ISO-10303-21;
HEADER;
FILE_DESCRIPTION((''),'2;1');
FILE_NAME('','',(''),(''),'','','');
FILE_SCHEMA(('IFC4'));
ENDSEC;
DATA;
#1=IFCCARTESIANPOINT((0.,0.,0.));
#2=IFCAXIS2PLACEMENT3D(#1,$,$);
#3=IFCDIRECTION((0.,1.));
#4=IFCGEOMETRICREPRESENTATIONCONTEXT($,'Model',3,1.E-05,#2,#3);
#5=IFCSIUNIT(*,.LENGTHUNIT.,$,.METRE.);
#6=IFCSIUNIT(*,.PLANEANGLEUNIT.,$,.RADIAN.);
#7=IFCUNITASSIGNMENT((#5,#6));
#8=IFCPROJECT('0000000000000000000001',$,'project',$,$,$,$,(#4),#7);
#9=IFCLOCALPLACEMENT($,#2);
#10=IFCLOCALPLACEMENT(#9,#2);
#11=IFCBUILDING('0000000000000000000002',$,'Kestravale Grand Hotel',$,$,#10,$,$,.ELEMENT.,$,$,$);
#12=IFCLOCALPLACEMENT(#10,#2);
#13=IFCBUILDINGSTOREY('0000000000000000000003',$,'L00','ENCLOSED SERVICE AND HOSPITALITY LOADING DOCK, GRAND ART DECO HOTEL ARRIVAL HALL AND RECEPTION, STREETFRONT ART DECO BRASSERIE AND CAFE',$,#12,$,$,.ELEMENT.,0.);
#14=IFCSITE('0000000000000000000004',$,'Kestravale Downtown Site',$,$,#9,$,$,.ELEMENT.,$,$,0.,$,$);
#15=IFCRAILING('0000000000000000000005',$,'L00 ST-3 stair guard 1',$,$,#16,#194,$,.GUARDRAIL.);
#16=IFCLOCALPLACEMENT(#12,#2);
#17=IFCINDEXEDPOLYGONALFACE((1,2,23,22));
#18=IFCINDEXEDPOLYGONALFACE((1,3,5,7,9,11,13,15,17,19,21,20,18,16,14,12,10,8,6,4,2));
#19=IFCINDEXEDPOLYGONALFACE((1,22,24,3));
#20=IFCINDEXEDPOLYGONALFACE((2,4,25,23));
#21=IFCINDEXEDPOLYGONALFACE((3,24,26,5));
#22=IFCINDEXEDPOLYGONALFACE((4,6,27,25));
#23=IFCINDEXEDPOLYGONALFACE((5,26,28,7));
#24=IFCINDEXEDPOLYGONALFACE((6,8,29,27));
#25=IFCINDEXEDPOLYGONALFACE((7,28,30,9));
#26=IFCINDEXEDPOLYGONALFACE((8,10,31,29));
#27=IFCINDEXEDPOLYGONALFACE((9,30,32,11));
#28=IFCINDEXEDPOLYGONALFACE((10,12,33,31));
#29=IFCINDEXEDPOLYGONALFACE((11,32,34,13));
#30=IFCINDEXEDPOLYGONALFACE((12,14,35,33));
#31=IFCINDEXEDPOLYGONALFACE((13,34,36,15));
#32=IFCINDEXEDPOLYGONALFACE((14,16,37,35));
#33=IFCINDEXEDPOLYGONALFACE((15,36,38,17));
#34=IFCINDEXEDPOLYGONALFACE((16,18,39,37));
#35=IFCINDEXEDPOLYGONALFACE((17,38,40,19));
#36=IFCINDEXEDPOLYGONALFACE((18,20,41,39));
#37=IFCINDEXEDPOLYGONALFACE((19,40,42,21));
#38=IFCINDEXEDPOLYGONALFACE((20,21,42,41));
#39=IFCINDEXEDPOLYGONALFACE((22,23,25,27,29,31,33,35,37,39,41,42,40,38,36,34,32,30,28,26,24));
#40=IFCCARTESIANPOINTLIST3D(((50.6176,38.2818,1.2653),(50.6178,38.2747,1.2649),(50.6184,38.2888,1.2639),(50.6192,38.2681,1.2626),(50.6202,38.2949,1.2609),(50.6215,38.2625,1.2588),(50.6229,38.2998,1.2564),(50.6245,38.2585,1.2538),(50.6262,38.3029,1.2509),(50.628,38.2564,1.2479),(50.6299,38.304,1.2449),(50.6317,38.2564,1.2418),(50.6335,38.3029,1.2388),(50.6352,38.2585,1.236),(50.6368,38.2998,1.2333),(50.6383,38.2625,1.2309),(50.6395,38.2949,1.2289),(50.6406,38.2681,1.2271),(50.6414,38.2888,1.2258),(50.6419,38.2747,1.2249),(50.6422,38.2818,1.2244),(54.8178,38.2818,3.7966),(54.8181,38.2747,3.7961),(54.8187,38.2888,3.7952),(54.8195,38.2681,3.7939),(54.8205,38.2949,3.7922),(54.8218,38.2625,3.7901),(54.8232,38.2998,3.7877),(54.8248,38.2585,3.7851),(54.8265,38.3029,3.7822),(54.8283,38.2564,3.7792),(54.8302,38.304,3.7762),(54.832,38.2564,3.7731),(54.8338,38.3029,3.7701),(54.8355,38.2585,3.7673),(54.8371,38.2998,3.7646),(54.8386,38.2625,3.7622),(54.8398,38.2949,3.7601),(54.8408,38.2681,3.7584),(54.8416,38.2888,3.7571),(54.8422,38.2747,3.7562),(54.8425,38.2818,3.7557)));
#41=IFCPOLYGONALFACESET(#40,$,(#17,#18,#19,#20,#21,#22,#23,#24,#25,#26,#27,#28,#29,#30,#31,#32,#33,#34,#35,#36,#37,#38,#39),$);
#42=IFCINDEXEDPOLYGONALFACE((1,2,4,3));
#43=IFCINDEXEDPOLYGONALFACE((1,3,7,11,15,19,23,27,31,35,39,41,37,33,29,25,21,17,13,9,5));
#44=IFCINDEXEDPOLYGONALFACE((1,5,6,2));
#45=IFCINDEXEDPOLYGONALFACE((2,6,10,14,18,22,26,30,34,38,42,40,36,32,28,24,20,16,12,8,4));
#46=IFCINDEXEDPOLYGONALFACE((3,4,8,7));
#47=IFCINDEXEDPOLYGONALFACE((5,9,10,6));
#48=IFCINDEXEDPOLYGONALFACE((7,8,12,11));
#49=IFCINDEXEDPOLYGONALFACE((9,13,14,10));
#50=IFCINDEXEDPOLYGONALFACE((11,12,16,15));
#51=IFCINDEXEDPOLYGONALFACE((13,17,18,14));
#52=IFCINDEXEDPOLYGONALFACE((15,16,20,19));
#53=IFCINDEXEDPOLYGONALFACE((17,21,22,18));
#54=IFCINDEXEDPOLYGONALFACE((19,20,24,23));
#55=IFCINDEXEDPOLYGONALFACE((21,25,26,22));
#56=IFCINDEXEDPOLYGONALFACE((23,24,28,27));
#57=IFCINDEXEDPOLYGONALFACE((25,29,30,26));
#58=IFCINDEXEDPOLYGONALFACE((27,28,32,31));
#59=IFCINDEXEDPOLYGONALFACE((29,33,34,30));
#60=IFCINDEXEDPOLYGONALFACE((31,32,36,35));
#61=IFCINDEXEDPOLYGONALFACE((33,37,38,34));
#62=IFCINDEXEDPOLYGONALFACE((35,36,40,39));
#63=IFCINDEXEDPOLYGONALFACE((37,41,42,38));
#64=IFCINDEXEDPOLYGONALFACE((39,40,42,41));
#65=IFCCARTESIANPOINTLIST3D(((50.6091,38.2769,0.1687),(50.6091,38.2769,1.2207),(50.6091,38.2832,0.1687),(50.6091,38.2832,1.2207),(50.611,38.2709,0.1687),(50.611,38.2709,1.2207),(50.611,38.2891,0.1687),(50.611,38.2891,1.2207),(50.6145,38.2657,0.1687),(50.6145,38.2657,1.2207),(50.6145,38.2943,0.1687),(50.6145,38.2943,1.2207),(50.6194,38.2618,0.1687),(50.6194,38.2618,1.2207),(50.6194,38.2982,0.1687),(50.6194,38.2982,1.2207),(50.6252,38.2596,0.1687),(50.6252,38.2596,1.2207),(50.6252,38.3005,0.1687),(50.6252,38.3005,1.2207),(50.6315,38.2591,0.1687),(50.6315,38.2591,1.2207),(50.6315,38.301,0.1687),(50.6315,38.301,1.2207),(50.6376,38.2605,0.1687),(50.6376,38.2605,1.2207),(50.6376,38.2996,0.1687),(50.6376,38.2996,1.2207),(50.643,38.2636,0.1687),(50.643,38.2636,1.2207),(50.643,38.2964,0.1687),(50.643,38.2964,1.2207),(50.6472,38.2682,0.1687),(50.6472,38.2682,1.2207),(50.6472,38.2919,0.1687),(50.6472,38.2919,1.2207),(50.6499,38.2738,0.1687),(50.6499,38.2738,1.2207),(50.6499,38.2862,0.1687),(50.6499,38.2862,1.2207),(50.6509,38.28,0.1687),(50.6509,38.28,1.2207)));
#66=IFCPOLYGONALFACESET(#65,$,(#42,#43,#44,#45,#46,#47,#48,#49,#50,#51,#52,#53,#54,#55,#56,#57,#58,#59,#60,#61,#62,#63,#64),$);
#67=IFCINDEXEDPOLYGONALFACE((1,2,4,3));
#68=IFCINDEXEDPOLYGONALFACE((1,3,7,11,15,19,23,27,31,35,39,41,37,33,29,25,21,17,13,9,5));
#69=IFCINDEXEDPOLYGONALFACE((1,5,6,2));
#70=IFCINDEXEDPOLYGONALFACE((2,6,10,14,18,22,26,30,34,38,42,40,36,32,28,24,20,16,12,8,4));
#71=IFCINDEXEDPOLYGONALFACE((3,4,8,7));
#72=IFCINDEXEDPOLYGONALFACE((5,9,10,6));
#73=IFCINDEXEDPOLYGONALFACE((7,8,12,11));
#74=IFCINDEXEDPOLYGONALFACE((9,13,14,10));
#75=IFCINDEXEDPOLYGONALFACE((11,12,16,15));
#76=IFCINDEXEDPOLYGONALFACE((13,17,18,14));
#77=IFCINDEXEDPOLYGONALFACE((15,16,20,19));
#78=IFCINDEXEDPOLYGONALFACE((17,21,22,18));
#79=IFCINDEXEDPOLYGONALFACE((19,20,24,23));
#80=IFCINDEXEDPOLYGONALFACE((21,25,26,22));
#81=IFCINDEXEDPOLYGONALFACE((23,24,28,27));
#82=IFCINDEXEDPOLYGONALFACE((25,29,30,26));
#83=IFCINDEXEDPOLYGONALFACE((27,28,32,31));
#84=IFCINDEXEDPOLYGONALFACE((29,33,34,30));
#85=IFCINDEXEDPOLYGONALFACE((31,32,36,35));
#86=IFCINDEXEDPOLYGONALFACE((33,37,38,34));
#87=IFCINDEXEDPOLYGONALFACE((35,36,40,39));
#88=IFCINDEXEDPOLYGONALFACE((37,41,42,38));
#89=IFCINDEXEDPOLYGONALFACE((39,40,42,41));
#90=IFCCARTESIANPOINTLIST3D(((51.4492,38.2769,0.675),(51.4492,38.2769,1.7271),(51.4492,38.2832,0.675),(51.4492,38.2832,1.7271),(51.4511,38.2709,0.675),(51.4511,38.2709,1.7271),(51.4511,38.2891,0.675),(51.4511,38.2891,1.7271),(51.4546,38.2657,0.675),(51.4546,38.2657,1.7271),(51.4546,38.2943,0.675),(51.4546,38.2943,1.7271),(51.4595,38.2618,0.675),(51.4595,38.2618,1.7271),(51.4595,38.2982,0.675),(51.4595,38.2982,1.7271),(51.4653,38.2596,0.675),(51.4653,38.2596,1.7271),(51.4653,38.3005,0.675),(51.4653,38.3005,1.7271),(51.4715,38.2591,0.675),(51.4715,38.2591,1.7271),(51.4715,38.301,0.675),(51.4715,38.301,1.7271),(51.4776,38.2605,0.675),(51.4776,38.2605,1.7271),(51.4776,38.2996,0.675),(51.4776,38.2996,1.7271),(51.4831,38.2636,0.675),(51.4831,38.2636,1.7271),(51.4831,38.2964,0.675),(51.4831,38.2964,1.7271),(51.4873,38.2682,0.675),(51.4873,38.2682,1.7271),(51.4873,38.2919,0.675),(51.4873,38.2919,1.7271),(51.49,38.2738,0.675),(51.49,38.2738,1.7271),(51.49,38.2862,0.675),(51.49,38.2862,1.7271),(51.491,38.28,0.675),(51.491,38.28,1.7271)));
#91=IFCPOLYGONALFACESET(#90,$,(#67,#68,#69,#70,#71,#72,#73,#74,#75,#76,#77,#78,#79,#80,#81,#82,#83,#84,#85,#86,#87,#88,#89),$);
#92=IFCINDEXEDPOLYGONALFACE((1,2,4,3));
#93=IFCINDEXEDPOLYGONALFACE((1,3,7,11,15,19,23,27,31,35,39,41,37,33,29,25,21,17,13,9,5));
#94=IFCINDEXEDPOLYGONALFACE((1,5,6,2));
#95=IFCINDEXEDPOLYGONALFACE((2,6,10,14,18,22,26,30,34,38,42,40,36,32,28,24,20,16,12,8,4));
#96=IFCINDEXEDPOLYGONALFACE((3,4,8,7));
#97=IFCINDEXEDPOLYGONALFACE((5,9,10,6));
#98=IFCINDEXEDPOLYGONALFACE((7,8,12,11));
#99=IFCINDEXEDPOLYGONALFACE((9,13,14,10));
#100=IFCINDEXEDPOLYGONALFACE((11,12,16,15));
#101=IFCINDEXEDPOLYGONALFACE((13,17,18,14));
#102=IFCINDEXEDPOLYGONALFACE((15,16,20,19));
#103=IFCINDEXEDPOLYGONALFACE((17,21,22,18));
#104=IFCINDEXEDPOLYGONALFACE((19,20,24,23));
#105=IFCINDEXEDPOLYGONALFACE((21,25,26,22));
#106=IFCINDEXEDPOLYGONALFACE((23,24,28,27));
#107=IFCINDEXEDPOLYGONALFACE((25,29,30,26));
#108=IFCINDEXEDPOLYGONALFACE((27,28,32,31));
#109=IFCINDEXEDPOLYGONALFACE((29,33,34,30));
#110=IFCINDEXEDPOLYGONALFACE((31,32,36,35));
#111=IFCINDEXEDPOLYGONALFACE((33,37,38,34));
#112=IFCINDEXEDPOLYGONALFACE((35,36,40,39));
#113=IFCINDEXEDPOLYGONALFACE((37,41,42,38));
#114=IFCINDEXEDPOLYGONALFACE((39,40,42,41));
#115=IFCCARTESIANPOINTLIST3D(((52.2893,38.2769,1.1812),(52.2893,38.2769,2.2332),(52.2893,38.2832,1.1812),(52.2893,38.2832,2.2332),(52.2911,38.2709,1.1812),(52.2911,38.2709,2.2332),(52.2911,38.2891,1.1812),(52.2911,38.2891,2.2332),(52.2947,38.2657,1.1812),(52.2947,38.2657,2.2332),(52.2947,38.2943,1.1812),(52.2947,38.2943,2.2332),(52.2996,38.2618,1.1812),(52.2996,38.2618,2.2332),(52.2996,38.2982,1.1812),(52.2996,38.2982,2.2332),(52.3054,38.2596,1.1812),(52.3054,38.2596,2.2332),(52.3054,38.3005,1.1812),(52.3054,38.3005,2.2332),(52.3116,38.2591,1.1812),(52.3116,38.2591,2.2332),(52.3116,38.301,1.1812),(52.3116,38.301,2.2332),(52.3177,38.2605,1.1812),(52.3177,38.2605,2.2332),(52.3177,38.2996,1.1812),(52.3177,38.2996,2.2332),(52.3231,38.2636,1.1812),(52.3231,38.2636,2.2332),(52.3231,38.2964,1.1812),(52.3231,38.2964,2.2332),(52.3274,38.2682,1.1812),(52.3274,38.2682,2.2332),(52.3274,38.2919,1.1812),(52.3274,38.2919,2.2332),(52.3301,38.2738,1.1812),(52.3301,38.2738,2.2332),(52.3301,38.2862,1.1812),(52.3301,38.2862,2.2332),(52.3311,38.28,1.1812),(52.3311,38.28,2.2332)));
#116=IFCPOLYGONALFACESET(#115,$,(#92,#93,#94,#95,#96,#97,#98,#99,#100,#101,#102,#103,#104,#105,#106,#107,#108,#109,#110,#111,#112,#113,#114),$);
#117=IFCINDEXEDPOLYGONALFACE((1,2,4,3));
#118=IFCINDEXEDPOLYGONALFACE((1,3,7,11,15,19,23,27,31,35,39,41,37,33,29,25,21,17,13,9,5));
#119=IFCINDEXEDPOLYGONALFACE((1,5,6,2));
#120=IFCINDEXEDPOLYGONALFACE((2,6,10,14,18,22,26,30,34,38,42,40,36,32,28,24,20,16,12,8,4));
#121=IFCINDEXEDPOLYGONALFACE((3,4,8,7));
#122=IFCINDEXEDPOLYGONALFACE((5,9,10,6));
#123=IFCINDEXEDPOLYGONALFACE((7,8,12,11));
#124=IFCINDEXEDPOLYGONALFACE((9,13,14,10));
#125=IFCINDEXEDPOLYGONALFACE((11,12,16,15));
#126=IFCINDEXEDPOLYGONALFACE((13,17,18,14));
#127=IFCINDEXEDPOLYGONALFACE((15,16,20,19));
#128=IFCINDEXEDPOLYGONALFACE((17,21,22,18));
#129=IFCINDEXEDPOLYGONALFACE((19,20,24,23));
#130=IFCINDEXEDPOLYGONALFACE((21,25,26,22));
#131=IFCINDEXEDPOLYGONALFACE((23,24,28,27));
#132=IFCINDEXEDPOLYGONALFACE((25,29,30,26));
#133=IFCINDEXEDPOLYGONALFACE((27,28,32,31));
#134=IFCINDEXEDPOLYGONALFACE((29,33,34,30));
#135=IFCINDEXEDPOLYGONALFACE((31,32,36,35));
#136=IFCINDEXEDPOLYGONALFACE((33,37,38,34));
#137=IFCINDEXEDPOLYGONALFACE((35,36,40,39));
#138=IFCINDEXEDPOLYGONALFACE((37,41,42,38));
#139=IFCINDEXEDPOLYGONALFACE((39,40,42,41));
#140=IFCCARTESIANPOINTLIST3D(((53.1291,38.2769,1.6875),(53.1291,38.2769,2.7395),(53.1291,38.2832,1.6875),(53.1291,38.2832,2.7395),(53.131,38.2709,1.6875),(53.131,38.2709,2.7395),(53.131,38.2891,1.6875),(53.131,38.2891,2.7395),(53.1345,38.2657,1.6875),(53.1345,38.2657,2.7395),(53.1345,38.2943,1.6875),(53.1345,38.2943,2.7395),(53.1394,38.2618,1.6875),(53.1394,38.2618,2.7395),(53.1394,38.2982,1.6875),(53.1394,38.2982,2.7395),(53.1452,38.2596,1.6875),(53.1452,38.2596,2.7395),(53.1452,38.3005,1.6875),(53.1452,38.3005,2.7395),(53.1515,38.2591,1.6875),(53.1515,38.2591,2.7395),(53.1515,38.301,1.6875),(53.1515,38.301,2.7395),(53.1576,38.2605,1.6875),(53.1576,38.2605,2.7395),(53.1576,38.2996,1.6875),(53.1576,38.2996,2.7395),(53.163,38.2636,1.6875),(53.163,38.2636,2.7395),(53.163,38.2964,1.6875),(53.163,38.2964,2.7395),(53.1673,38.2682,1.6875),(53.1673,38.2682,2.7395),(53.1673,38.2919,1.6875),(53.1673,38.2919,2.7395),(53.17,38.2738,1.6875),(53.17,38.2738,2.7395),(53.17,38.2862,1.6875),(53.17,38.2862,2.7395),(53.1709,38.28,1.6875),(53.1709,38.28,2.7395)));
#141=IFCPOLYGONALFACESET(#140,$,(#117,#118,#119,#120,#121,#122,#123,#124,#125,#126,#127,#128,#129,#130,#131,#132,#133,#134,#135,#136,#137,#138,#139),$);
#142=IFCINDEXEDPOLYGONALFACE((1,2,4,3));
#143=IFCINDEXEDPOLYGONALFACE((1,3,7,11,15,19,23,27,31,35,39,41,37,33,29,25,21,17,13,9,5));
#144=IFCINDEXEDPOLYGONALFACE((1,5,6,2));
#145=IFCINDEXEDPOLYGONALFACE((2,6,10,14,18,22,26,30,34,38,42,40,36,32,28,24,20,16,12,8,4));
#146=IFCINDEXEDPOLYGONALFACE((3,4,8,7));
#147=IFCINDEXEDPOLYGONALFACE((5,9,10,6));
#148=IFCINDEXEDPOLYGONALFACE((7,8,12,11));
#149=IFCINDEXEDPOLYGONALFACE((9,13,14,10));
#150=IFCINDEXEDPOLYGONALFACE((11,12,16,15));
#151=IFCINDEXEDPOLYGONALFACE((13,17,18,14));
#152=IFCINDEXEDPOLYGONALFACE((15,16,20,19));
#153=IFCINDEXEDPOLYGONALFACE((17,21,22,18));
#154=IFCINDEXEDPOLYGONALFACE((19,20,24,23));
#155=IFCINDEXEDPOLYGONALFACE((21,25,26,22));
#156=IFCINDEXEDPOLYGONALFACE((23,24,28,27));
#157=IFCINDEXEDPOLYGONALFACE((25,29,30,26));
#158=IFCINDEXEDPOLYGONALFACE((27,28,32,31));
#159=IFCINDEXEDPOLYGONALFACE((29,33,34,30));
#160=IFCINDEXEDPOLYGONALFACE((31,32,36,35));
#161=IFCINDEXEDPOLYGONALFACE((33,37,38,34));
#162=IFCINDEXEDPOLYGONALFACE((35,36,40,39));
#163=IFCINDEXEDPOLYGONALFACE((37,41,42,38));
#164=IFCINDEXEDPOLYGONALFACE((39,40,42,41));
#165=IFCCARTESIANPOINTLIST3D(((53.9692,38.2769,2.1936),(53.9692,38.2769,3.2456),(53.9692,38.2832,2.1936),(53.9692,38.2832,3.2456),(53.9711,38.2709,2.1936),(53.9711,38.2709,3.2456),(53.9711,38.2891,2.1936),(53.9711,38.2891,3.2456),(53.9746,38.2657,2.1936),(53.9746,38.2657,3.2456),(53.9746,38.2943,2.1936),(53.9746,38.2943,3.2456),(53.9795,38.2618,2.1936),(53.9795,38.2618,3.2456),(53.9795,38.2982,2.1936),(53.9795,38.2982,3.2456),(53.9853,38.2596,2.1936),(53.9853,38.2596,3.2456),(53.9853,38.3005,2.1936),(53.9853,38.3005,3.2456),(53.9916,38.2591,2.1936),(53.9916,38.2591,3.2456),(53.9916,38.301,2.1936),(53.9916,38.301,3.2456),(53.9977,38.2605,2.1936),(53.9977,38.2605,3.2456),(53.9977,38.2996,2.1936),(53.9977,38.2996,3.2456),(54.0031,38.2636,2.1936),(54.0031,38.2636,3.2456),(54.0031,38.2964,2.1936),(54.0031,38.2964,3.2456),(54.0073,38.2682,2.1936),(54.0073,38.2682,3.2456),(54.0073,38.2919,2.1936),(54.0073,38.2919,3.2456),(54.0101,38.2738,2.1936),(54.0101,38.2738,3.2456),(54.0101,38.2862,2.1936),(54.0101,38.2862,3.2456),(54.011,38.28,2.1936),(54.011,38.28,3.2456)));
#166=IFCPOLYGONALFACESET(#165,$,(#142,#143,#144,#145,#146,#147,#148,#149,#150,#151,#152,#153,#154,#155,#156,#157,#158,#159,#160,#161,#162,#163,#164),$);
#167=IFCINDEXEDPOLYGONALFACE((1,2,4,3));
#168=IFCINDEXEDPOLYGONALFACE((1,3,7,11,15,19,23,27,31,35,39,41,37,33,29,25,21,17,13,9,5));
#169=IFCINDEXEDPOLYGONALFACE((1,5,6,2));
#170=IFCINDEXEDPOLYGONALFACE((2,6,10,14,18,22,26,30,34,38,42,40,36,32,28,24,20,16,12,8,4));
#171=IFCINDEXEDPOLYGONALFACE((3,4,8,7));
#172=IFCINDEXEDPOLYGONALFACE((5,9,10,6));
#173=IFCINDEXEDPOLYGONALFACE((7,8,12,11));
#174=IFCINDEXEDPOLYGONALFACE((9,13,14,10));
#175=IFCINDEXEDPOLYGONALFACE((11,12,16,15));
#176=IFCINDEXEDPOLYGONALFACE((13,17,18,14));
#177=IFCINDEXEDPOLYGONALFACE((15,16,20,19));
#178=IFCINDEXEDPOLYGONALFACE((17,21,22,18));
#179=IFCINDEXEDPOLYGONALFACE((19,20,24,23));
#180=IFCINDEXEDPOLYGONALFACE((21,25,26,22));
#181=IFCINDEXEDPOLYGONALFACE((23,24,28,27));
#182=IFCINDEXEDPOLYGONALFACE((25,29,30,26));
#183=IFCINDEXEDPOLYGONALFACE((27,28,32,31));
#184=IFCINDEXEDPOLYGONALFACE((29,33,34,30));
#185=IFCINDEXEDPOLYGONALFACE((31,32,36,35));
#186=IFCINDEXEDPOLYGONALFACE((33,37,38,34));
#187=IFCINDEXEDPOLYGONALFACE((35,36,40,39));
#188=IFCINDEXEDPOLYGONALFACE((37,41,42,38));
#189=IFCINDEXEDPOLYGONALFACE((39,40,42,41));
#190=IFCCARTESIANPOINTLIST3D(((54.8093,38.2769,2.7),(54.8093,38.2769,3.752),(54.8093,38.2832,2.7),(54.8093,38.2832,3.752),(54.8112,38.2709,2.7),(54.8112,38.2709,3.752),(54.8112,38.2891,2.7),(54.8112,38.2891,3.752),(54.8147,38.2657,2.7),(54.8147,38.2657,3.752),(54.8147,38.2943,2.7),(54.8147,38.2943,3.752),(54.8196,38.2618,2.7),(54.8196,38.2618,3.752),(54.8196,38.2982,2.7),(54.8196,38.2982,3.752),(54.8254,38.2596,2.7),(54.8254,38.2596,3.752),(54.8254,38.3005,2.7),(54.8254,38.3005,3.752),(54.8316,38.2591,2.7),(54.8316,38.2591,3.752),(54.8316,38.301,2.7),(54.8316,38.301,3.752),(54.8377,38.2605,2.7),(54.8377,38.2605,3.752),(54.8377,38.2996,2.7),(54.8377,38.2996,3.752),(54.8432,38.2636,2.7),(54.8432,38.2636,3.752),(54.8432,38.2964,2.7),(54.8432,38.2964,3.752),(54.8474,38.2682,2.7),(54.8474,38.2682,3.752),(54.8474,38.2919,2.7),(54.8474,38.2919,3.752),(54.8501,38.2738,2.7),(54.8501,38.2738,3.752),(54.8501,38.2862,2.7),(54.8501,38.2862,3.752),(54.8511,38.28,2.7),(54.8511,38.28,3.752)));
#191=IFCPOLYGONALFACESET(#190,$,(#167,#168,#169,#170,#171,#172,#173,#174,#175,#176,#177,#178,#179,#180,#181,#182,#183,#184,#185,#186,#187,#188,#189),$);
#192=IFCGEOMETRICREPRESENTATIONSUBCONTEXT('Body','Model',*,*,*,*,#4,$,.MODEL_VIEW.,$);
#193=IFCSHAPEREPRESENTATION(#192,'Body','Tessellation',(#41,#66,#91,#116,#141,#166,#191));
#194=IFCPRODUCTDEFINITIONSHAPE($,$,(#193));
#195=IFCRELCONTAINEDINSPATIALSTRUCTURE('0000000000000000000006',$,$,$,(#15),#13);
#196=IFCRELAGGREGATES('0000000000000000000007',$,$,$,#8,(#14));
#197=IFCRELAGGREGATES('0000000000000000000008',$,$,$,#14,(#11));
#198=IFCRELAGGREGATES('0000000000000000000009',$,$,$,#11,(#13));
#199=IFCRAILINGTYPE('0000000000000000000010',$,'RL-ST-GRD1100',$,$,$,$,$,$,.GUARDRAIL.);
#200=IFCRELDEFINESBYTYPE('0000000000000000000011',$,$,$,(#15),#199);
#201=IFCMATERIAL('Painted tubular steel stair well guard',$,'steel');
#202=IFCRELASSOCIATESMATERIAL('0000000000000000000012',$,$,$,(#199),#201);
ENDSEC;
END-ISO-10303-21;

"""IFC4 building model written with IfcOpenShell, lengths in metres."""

from ifc_helpers import new_model, si_unit, direction, frame, origin, origin_2d, place, context, subcontext, project, spatial, circle, extrude, material, type_object, element, save


model = new_model("IFC4")

# Units and contexts
model_context = context("Model", 3, precision=1e-05, world=origin(), true_north=direction((0.0, 1.0)))
body_context = subcontext(model_context, "Body", "Model", "MODEL_VIEW")
ifc_project = project(units=[si_unit("LENGTHUNIT", "METRE"), si_unit("PLANEANGLEUNIT", "RADIAN")], contexts=[model_context])

# Site, building, storey
site_placement = place(None, origin())
site = spatial("IfcSite", under=ifc_project, at=site_placement, Name="Kestravale Downtown Site", CompositionType="ELEMENT", RefElevation=0.0)
building_placement = place(site_placement, origin())
building = spatial("IfcBuilding", under=site, at=building_placement, Name="Kestravale Grand Hotel", CompositionType="ELEMENT")
storey_placement = place(building_placement, origin())
storey = spatial("IfcBuildingStorey", under=building, at=storey_placement, Name="L00", Description="ENCLOSED SERVICE AND HOSPITALITY LOADING DOCK, GRAND ART DECO HOTEL ARRIVAL HALL AND RECEPTION, STREETFRONT ART DECO BRASSERIE AND CAFE", CompositionType="ELEMENT", Elevation=0.0)

# Railing
ifc_material_1 = material(Name="Painted tubular steel stair well guard", Category="steel")
railing_type_1 = type_object("IfcRailingType", Name="RL-ST-GRD1100", PredefinedType="GUARDRAIL", material=ifc_material_1)
railing_1_placement = place(storey_placement, frame((50.6299, 38.28, 0.1687)))
element("IfcRailing", 1, at=railing_1_placement, inside=storey, type_object=railing_type_1, Name="L00 ST-3 stair guard 1", PredefinedType="GUARDRAIL", context=body_context, shape_type="SweptSolid", body=[
    extrude(circle(Radius=0.0239, at=origin_2d()), frame((0.0, 0.0, 1.0762), z_axis=(0.85649, 0.0, 0.516164), x_axis=(0.0, 1.0, 0.0)), (0.0, 0.0, 1.0), 4.9041),
    extrude(circle(Radius=0.021, at=origin_2d()), origin(), (0.0, 0.0, 1.0), 1.052),
    extrude(circle(Radius=0.021, at=origin_2d()), frame((0.8401, 0.0, 0.5063)), (0.0, 0.0, 1.0), 1.052),
    extrude(circle(Radius=0.021, at=origin_2d()), frame((1.6802, 0.0, 1.0125)), (0.0, 0.0, 1.0), 1.052),
    extrude(circle(Radius=0.021, at=origin_2d()), frame((2.52, 0.0, 1.5188)), (0.0, 0.0, 1.0), 1.052),
    extrude(circle(Radius=0.021, at=origin_2d()), frame((3.3601, 0.0, 2.0249)), (0.0, 0.0, 1.0), 1.052),
    extrude(circle(Radius=0.021, at=origin_2d()), frame((4.2002, 0.0, 2.5312)), (0.0, 0.0, 1.0), 1.052),
])

save(model, "model.ifc")
